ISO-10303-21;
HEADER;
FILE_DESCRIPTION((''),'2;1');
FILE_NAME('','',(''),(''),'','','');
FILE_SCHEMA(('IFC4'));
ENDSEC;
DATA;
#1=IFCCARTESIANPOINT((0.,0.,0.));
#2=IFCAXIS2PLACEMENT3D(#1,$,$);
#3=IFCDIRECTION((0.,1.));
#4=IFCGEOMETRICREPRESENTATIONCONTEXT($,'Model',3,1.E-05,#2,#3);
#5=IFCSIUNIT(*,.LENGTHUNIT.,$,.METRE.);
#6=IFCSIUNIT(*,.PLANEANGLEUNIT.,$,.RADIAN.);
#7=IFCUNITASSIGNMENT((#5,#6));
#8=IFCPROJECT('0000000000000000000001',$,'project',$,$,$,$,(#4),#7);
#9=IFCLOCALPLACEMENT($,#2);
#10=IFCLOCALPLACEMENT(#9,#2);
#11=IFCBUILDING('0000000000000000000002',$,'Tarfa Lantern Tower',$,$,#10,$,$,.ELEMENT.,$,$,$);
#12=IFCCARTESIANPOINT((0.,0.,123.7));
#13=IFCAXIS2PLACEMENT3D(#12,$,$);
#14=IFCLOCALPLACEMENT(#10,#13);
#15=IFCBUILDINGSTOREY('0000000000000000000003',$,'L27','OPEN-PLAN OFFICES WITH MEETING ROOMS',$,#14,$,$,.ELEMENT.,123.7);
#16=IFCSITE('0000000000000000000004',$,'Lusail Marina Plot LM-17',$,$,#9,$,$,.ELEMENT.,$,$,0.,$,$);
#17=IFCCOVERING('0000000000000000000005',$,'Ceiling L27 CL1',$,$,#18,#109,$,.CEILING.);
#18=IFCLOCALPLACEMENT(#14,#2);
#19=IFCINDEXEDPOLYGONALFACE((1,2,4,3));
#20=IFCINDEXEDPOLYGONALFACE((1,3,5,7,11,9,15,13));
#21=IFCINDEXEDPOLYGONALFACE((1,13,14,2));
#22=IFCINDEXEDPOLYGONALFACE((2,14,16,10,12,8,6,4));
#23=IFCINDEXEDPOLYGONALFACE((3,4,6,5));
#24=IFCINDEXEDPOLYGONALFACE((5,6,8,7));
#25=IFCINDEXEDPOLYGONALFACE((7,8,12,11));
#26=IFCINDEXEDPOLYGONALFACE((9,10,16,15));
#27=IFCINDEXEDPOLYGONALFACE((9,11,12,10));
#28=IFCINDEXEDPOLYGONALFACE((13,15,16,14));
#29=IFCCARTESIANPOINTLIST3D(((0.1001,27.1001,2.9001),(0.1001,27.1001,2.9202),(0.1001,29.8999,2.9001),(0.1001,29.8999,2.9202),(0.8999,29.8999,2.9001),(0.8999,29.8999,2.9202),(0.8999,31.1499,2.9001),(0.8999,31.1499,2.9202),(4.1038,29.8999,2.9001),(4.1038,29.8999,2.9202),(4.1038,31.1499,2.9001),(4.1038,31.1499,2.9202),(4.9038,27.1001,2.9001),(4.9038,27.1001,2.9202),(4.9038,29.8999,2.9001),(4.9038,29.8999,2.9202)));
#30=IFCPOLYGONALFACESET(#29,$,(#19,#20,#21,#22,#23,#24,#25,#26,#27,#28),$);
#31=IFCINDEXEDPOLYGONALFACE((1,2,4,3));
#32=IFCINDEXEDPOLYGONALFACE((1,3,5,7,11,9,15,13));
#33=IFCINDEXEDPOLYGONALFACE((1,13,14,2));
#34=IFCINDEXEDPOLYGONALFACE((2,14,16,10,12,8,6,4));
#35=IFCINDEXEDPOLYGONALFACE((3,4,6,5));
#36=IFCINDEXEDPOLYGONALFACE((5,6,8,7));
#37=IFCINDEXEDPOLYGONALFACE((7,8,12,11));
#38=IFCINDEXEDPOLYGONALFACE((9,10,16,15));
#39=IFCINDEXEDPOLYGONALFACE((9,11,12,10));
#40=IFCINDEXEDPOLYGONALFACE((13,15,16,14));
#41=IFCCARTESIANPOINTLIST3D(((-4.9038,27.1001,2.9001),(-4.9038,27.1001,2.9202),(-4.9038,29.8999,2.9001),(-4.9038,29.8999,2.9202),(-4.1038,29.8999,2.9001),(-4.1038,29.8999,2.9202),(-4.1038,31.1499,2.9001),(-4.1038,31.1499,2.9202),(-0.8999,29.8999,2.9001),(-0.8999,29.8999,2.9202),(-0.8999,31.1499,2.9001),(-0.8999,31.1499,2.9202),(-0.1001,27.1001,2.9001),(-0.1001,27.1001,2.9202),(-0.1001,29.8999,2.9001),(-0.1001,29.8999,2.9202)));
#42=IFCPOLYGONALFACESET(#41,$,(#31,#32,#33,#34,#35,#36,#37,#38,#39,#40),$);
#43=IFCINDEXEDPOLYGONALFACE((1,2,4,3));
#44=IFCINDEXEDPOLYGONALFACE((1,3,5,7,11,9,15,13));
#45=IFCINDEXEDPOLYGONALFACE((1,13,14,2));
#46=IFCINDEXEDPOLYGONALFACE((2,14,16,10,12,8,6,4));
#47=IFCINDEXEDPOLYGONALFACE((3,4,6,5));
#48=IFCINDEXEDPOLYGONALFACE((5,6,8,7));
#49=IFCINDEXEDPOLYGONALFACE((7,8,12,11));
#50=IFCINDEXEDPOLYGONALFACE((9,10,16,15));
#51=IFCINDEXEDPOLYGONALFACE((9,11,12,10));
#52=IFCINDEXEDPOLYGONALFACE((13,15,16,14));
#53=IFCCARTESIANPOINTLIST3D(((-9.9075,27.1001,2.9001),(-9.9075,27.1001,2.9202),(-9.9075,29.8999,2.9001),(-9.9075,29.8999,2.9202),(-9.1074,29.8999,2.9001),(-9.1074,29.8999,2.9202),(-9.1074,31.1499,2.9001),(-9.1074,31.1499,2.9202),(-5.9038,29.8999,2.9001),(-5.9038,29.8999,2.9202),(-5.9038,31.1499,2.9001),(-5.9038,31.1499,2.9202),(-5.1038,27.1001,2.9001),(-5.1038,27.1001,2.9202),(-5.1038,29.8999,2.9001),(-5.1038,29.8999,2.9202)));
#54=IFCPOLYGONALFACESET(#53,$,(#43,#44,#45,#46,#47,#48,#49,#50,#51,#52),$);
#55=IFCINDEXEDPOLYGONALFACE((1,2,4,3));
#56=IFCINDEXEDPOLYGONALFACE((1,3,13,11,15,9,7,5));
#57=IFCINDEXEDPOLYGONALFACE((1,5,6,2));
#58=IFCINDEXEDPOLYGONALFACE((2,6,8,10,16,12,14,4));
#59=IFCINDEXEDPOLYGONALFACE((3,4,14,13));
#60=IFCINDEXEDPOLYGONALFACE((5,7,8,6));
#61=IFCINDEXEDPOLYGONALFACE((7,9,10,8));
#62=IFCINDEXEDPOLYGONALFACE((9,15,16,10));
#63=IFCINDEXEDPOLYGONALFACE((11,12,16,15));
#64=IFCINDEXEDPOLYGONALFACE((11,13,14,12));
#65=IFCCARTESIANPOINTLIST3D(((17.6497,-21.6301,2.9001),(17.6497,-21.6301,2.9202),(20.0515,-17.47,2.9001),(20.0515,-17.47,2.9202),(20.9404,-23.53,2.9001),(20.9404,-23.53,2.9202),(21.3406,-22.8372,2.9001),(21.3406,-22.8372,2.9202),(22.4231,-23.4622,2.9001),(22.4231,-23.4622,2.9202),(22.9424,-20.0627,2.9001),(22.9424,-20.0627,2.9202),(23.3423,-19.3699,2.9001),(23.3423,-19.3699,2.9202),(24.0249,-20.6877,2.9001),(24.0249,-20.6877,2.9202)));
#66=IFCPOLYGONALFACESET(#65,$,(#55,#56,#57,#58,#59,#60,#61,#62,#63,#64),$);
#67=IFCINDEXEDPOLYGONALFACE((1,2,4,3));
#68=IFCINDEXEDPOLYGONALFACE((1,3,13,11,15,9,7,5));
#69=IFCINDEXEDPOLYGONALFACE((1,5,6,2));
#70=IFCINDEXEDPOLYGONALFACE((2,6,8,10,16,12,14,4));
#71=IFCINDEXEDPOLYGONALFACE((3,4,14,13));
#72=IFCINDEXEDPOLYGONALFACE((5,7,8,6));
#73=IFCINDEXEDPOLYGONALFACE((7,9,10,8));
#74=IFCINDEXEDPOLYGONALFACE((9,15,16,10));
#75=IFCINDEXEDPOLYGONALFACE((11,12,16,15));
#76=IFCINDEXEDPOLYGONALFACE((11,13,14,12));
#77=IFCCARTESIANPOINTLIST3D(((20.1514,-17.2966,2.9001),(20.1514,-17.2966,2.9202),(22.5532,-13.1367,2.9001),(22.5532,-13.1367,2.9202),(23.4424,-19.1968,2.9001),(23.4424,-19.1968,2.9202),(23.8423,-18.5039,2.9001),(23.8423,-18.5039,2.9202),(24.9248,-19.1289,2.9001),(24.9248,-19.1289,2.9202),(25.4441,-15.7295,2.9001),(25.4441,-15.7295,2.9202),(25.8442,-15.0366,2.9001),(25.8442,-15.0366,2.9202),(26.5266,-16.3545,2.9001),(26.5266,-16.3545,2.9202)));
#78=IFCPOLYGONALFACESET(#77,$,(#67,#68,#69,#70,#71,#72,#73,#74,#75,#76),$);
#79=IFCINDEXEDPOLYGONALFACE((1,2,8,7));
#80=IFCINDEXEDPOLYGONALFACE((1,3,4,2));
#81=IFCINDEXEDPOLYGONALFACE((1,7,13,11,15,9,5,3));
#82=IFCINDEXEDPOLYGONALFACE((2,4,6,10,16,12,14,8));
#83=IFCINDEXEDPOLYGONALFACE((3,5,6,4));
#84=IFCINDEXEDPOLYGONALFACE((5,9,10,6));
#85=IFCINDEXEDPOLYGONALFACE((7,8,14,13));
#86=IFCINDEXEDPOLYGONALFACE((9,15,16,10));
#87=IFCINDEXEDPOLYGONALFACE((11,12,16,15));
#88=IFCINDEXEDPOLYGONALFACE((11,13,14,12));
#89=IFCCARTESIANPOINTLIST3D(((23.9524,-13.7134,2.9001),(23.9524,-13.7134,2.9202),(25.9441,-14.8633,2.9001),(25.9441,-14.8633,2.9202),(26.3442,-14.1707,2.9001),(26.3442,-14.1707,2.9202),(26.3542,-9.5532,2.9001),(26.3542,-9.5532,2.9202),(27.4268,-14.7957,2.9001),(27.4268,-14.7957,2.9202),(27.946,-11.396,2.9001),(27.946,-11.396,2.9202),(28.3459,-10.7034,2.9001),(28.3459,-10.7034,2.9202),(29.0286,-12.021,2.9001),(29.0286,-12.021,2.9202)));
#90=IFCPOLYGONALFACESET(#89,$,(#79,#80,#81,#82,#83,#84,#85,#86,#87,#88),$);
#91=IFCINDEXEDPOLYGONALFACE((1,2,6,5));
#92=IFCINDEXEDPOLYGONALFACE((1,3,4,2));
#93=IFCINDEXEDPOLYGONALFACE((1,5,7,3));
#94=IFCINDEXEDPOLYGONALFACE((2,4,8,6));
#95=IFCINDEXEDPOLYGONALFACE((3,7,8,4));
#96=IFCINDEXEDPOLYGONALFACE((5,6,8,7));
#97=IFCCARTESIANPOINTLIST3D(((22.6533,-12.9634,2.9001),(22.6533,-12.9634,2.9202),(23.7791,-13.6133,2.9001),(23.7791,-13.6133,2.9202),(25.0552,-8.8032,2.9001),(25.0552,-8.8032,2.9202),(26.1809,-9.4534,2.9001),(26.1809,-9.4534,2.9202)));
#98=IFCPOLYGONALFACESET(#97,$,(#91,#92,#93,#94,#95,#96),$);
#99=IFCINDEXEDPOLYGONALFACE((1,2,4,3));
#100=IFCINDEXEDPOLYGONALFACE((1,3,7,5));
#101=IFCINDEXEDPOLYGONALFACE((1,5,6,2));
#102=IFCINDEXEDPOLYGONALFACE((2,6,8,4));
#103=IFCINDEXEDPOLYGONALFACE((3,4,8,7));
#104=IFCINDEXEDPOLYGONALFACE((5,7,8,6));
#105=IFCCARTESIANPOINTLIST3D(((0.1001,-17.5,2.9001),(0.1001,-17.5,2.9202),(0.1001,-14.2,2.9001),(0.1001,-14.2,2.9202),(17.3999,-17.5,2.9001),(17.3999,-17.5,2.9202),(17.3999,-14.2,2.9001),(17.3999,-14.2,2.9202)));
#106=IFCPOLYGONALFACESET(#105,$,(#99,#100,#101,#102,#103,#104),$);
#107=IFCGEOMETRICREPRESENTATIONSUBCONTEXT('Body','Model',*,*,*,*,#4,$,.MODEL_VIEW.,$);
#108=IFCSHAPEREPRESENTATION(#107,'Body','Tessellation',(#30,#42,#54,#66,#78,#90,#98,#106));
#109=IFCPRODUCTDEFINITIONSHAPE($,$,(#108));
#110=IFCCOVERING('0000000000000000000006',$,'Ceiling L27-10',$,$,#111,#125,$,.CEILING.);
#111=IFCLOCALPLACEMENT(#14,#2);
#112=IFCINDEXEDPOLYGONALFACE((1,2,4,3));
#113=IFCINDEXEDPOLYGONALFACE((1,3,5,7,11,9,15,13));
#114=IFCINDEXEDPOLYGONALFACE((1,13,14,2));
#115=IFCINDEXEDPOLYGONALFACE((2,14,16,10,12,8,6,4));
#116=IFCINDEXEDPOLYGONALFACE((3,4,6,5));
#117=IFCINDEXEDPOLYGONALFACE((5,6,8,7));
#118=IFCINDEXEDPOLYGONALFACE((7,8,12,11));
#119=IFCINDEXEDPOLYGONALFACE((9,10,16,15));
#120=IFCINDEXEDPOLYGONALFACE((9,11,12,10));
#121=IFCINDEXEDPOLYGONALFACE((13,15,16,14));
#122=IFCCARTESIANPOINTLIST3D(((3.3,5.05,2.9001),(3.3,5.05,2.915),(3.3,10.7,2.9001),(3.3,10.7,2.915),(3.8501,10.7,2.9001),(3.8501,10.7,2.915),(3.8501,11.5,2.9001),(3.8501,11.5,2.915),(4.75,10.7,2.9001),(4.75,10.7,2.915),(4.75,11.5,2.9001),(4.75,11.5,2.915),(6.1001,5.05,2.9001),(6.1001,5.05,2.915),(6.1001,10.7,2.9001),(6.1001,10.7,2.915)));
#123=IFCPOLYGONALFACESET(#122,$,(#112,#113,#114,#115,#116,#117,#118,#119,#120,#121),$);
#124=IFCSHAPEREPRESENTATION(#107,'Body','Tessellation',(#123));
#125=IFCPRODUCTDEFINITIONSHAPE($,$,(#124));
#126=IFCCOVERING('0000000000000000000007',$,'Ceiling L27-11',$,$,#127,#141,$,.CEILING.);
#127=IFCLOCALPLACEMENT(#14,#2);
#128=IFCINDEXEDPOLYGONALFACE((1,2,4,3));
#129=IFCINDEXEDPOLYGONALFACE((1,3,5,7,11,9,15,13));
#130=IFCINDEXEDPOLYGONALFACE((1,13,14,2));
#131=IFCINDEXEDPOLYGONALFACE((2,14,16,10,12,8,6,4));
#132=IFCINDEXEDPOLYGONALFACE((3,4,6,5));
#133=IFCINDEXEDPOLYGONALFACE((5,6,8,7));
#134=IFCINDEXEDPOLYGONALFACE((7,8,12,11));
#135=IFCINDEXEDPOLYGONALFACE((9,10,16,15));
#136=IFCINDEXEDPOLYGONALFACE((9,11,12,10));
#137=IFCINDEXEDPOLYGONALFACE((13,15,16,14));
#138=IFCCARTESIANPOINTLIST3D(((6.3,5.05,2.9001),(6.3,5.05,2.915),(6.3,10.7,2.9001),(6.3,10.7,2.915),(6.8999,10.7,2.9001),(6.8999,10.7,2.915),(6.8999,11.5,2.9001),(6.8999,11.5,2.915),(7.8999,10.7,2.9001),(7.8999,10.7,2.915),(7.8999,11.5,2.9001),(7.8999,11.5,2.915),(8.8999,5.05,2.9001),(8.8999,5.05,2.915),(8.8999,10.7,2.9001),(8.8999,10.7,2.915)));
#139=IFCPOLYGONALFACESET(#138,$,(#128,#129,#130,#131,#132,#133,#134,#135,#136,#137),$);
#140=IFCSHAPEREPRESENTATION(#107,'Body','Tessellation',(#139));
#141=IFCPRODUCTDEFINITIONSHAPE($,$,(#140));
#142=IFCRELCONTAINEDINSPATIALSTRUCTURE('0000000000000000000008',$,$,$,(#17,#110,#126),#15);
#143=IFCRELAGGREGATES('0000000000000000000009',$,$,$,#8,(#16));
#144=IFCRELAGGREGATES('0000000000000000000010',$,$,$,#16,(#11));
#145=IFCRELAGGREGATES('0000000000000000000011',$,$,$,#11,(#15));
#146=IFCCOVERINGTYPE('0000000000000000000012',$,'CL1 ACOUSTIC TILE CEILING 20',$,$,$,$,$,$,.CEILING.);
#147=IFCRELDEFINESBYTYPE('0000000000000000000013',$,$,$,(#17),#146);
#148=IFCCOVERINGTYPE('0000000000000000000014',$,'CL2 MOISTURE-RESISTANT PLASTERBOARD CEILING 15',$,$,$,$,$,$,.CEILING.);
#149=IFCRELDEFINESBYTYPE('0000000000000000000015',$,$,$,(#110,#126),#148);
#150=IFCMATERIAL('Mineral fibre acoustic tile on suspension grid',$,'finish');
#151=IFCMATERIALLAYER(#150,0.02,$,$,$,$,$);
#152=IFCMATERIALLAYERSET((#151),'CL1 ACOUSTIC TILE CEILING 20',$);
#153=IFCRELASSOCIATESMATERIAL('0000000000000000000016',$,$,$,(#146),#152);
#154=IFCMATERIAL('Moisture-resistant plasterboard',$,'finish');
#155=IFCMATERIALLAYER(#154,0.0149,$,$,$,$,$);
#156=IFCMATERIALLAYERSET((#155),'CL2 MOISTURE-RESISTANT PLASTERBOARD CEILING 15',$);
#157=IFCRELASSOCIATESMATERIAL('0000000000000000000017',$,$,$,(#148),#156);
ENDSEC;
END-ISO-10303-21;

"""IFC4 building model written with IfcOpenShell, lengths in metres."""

from ifc_helpers import new_model, si_unit, direction, frame, origin, place, context, subcontext, project, spatial, polyline, outline, extrude, material, layer, layer_set, type_object, element, save


model = new_model("IFC4")

# Units and contexts
model_context = context("Model", 3, precision=1e-05, world=origin(), true_north=direction((0.0, 1.0)))
body_context = subcontext(model_context, "Body", "Model", "MODEL_VIEW")
ifc_project = project(units=[si_unit("LENGTHUNIT", "METRE"), si_unit("PLANEANGLEUNIT", "RADIAN")], contexts=[model_context])

# Site, building, storey
site_placement = place(None, origin())
site = spatial("IfcSite", under=ifc_project, at=site_placement, Name="Lusail Marina Plot LM-17", CompositionType="ELEMENT", RefElevation=0.0)
building_placement = place(site_placement, origin())
building = spatial("IfcBuilding", under=site, at=building_placement, Name="Tarfa Lantern Tower", CompositionType="ELEMENT")
storey_placement = place(building_placement, frame((0.0, 0.0, 123.7)))
storey = spatial("IfcBuildingStorey", under=building, at=storey_placement, Name="L27", Description="OPEN-PLAN OFFICES WITH MEETING ROOMS", CompositionType="ELEMENT", Elevation=123.7)

# Coverings
ifc_material_1 = material(Name="Mineral fibre acoustic tile on suspension grid", Category="finish")
ifc_layer_1 = layer(ifc_material_1, 0.02)
ifc_layer_set_1 = layer_set([ifc_layer_1], Name="CL1 ACOUSTIC TILE CEILING 20")
covering_type_1 = type_object("IfcCoveringType", Name="CL1 ACOUSTIC TILE CEILING 20", PredefinedType="CEILING", material=ifc_layer_set_1)
covering_1_placement = place(storey_placement, frame((0.0, 0.0, 2.9001)))
element("IfcCovering", 1, at=covering_1_placement, inside=storey, type_object=covering_type_1, Name="Ceiling L27 CL1", PredefinedType="CEILING", context=body_context, shape_type="SweptSolid", body=[
    extrude(outline(polyline([(4.9038, 27.1001), (0.1001, 27.1001), (0.1001, 29.8999), (0.8999, 29.8999), (0.8999, 31.1499), (4.1038, 31.1499), (4.1038, 29.8999), (4.9038, 29.8999), (4.9038, 27.1001)])), origin(), (0.0, 0.0, 1.0), 0.02),
    extrude(outline(polyline([(-0.1001, 27.1001), (-4.9038, 27.1001), (-4.9038, 29.8999), (-4.1038, 29.8999), (-4.1038, 31.1499), (-0.8999, 31.1499), (-0.8999, 29.8999), (-0.1001, 29.8999), (-0.1001, 27.1001)])), origin(), (0.0, 0.0, 1.0), 0.02),
    extrude(outline(polyline([(-5.1038, 27.1001), (-9.9075, 27.1001), (-9.9075, 29.8999), (-9.1074, 29.8999), (-9.1074, 31.1499), (-5.9038, 31.1499), (-5.9038, 29.8999), (-5.1038, 29.8999), (-5.1038, 27.1001)])), origin(), (0.0, 0.0, 1.0), 0.02),
    extrude(outline(polyline([(20.0515, -17.47), (23.3423, -19.3699), (22.9424, -20.0627), (24.0249, -20.6877), (22.4231, -23.4622), (21.3406, -22.8372), (20.9404, -23.53), (17.6497, -21.6301), (20.0515, -17.47)])), origin(), (0.0, 0.0, 1.0), 0.02),
    extrude(outline(polyline([(22.5532, -13.1367), (25.8442, -15.0366), (25.4441, -15.7295), (26.5266, -16.3545), (24.9248, -19.1289), (23.8423, -18.5039), (23.4424, -19.1968), (20.1514, -17.2966), (22.5532, -13.1367)])), origin(), (0.0, 0.0, 1.0), 0.02),
    extrude(outline(polyline([(26.3542, -9.5532), (28.3459, -10.7034), (27.946, -11.396), (29.0286, -12.021), (27.4268, -14.7957), (26.3442, -14.1707), (25.9441, -14.8633), (23.9524, -13.7134), (26.3542, -9.5532)])), origin(), (0.0, 0.0, 1.0), 0.02),
    extrude(outline(polyline([(25.0552, -8.8032), (26.1809, -9.4534), (23.7791, -13.6133), (22.6533, -12.9634), (25.0552, -8.8032)])), origin(), (0.0, 0.0, 1.0), 0.02),
    extrude(outline(polyline([(0.1001, -14.2), (17.3999, -14.2), (17.3999, -17.5), (0.1001, -17.5), (0.1001, -14.2)])), origin(), (0.0, 0.0, 1.0), 0.02),
])
ifc_material_2 = material(Name="Moisture-resistant plasterboard", Category="finish")
ifc_layer_2 = layer(ifc_material_2, 0.0149)
ifc_layer_set_2 = layer_set([ifc_layer_2], Name="CL2 MOISTURE-RESISTANT PLASTERBOARD CEILING 15")
covering_type_2 = type_object("IfcCoveringType", Name="CL2 MOISTURE-RESISTANT PLASTERBOARD CEILING 15", PredefinedType="CEILING", material=ifc_layer_set_2)
covering_2_placement = place(storey_placement, frame((0.0, 0.0, 2.9001)))
element("IfcCovering", 2, at=covering_2_placement, inside=storey, type_object=covering_type_2, Name="Ceiling L27-10", PredefinedType="CEILING", context=body_context, shape_type="SweptSolid", body=[
    extrude(outline(polyline([(3.3, 5.05), (6.1001, 5.05), (6.1001, 10.7), (4.75, 10.7), (4.75, 11.5), (3.8501, 11.5), (3.8501, 10.7), (3.3, 10.7), (3.3, 5.05)])), origin(), (0.0, 0.0, 1.0), 0.0149),
])
covering_3_placement = place(storey_placement, frame((0.0, 0.0, 2.9001)))
element("IfcCovering", 3, at=covering_3_placement, inside=storey, type_object=covering_type_2, Name="Ceiling L27-11", PredefinedType="CEILING", context=body_context, shape_type="SweptSolid", body=[
    extrude(outline(polyline([(6.3, 5.05), (8.8999, 5.05), (8.8999, 10.7), (7.8999, 10.7), (7.8999, 11.5), (6.8999, 11.5), (6.8999, 10.7), (6.3, 10.7), (6.3, 5.05)])), origin(), (0.0, 0.0, 1.0), 0.0149),
])

save(model, "model.ifc")
